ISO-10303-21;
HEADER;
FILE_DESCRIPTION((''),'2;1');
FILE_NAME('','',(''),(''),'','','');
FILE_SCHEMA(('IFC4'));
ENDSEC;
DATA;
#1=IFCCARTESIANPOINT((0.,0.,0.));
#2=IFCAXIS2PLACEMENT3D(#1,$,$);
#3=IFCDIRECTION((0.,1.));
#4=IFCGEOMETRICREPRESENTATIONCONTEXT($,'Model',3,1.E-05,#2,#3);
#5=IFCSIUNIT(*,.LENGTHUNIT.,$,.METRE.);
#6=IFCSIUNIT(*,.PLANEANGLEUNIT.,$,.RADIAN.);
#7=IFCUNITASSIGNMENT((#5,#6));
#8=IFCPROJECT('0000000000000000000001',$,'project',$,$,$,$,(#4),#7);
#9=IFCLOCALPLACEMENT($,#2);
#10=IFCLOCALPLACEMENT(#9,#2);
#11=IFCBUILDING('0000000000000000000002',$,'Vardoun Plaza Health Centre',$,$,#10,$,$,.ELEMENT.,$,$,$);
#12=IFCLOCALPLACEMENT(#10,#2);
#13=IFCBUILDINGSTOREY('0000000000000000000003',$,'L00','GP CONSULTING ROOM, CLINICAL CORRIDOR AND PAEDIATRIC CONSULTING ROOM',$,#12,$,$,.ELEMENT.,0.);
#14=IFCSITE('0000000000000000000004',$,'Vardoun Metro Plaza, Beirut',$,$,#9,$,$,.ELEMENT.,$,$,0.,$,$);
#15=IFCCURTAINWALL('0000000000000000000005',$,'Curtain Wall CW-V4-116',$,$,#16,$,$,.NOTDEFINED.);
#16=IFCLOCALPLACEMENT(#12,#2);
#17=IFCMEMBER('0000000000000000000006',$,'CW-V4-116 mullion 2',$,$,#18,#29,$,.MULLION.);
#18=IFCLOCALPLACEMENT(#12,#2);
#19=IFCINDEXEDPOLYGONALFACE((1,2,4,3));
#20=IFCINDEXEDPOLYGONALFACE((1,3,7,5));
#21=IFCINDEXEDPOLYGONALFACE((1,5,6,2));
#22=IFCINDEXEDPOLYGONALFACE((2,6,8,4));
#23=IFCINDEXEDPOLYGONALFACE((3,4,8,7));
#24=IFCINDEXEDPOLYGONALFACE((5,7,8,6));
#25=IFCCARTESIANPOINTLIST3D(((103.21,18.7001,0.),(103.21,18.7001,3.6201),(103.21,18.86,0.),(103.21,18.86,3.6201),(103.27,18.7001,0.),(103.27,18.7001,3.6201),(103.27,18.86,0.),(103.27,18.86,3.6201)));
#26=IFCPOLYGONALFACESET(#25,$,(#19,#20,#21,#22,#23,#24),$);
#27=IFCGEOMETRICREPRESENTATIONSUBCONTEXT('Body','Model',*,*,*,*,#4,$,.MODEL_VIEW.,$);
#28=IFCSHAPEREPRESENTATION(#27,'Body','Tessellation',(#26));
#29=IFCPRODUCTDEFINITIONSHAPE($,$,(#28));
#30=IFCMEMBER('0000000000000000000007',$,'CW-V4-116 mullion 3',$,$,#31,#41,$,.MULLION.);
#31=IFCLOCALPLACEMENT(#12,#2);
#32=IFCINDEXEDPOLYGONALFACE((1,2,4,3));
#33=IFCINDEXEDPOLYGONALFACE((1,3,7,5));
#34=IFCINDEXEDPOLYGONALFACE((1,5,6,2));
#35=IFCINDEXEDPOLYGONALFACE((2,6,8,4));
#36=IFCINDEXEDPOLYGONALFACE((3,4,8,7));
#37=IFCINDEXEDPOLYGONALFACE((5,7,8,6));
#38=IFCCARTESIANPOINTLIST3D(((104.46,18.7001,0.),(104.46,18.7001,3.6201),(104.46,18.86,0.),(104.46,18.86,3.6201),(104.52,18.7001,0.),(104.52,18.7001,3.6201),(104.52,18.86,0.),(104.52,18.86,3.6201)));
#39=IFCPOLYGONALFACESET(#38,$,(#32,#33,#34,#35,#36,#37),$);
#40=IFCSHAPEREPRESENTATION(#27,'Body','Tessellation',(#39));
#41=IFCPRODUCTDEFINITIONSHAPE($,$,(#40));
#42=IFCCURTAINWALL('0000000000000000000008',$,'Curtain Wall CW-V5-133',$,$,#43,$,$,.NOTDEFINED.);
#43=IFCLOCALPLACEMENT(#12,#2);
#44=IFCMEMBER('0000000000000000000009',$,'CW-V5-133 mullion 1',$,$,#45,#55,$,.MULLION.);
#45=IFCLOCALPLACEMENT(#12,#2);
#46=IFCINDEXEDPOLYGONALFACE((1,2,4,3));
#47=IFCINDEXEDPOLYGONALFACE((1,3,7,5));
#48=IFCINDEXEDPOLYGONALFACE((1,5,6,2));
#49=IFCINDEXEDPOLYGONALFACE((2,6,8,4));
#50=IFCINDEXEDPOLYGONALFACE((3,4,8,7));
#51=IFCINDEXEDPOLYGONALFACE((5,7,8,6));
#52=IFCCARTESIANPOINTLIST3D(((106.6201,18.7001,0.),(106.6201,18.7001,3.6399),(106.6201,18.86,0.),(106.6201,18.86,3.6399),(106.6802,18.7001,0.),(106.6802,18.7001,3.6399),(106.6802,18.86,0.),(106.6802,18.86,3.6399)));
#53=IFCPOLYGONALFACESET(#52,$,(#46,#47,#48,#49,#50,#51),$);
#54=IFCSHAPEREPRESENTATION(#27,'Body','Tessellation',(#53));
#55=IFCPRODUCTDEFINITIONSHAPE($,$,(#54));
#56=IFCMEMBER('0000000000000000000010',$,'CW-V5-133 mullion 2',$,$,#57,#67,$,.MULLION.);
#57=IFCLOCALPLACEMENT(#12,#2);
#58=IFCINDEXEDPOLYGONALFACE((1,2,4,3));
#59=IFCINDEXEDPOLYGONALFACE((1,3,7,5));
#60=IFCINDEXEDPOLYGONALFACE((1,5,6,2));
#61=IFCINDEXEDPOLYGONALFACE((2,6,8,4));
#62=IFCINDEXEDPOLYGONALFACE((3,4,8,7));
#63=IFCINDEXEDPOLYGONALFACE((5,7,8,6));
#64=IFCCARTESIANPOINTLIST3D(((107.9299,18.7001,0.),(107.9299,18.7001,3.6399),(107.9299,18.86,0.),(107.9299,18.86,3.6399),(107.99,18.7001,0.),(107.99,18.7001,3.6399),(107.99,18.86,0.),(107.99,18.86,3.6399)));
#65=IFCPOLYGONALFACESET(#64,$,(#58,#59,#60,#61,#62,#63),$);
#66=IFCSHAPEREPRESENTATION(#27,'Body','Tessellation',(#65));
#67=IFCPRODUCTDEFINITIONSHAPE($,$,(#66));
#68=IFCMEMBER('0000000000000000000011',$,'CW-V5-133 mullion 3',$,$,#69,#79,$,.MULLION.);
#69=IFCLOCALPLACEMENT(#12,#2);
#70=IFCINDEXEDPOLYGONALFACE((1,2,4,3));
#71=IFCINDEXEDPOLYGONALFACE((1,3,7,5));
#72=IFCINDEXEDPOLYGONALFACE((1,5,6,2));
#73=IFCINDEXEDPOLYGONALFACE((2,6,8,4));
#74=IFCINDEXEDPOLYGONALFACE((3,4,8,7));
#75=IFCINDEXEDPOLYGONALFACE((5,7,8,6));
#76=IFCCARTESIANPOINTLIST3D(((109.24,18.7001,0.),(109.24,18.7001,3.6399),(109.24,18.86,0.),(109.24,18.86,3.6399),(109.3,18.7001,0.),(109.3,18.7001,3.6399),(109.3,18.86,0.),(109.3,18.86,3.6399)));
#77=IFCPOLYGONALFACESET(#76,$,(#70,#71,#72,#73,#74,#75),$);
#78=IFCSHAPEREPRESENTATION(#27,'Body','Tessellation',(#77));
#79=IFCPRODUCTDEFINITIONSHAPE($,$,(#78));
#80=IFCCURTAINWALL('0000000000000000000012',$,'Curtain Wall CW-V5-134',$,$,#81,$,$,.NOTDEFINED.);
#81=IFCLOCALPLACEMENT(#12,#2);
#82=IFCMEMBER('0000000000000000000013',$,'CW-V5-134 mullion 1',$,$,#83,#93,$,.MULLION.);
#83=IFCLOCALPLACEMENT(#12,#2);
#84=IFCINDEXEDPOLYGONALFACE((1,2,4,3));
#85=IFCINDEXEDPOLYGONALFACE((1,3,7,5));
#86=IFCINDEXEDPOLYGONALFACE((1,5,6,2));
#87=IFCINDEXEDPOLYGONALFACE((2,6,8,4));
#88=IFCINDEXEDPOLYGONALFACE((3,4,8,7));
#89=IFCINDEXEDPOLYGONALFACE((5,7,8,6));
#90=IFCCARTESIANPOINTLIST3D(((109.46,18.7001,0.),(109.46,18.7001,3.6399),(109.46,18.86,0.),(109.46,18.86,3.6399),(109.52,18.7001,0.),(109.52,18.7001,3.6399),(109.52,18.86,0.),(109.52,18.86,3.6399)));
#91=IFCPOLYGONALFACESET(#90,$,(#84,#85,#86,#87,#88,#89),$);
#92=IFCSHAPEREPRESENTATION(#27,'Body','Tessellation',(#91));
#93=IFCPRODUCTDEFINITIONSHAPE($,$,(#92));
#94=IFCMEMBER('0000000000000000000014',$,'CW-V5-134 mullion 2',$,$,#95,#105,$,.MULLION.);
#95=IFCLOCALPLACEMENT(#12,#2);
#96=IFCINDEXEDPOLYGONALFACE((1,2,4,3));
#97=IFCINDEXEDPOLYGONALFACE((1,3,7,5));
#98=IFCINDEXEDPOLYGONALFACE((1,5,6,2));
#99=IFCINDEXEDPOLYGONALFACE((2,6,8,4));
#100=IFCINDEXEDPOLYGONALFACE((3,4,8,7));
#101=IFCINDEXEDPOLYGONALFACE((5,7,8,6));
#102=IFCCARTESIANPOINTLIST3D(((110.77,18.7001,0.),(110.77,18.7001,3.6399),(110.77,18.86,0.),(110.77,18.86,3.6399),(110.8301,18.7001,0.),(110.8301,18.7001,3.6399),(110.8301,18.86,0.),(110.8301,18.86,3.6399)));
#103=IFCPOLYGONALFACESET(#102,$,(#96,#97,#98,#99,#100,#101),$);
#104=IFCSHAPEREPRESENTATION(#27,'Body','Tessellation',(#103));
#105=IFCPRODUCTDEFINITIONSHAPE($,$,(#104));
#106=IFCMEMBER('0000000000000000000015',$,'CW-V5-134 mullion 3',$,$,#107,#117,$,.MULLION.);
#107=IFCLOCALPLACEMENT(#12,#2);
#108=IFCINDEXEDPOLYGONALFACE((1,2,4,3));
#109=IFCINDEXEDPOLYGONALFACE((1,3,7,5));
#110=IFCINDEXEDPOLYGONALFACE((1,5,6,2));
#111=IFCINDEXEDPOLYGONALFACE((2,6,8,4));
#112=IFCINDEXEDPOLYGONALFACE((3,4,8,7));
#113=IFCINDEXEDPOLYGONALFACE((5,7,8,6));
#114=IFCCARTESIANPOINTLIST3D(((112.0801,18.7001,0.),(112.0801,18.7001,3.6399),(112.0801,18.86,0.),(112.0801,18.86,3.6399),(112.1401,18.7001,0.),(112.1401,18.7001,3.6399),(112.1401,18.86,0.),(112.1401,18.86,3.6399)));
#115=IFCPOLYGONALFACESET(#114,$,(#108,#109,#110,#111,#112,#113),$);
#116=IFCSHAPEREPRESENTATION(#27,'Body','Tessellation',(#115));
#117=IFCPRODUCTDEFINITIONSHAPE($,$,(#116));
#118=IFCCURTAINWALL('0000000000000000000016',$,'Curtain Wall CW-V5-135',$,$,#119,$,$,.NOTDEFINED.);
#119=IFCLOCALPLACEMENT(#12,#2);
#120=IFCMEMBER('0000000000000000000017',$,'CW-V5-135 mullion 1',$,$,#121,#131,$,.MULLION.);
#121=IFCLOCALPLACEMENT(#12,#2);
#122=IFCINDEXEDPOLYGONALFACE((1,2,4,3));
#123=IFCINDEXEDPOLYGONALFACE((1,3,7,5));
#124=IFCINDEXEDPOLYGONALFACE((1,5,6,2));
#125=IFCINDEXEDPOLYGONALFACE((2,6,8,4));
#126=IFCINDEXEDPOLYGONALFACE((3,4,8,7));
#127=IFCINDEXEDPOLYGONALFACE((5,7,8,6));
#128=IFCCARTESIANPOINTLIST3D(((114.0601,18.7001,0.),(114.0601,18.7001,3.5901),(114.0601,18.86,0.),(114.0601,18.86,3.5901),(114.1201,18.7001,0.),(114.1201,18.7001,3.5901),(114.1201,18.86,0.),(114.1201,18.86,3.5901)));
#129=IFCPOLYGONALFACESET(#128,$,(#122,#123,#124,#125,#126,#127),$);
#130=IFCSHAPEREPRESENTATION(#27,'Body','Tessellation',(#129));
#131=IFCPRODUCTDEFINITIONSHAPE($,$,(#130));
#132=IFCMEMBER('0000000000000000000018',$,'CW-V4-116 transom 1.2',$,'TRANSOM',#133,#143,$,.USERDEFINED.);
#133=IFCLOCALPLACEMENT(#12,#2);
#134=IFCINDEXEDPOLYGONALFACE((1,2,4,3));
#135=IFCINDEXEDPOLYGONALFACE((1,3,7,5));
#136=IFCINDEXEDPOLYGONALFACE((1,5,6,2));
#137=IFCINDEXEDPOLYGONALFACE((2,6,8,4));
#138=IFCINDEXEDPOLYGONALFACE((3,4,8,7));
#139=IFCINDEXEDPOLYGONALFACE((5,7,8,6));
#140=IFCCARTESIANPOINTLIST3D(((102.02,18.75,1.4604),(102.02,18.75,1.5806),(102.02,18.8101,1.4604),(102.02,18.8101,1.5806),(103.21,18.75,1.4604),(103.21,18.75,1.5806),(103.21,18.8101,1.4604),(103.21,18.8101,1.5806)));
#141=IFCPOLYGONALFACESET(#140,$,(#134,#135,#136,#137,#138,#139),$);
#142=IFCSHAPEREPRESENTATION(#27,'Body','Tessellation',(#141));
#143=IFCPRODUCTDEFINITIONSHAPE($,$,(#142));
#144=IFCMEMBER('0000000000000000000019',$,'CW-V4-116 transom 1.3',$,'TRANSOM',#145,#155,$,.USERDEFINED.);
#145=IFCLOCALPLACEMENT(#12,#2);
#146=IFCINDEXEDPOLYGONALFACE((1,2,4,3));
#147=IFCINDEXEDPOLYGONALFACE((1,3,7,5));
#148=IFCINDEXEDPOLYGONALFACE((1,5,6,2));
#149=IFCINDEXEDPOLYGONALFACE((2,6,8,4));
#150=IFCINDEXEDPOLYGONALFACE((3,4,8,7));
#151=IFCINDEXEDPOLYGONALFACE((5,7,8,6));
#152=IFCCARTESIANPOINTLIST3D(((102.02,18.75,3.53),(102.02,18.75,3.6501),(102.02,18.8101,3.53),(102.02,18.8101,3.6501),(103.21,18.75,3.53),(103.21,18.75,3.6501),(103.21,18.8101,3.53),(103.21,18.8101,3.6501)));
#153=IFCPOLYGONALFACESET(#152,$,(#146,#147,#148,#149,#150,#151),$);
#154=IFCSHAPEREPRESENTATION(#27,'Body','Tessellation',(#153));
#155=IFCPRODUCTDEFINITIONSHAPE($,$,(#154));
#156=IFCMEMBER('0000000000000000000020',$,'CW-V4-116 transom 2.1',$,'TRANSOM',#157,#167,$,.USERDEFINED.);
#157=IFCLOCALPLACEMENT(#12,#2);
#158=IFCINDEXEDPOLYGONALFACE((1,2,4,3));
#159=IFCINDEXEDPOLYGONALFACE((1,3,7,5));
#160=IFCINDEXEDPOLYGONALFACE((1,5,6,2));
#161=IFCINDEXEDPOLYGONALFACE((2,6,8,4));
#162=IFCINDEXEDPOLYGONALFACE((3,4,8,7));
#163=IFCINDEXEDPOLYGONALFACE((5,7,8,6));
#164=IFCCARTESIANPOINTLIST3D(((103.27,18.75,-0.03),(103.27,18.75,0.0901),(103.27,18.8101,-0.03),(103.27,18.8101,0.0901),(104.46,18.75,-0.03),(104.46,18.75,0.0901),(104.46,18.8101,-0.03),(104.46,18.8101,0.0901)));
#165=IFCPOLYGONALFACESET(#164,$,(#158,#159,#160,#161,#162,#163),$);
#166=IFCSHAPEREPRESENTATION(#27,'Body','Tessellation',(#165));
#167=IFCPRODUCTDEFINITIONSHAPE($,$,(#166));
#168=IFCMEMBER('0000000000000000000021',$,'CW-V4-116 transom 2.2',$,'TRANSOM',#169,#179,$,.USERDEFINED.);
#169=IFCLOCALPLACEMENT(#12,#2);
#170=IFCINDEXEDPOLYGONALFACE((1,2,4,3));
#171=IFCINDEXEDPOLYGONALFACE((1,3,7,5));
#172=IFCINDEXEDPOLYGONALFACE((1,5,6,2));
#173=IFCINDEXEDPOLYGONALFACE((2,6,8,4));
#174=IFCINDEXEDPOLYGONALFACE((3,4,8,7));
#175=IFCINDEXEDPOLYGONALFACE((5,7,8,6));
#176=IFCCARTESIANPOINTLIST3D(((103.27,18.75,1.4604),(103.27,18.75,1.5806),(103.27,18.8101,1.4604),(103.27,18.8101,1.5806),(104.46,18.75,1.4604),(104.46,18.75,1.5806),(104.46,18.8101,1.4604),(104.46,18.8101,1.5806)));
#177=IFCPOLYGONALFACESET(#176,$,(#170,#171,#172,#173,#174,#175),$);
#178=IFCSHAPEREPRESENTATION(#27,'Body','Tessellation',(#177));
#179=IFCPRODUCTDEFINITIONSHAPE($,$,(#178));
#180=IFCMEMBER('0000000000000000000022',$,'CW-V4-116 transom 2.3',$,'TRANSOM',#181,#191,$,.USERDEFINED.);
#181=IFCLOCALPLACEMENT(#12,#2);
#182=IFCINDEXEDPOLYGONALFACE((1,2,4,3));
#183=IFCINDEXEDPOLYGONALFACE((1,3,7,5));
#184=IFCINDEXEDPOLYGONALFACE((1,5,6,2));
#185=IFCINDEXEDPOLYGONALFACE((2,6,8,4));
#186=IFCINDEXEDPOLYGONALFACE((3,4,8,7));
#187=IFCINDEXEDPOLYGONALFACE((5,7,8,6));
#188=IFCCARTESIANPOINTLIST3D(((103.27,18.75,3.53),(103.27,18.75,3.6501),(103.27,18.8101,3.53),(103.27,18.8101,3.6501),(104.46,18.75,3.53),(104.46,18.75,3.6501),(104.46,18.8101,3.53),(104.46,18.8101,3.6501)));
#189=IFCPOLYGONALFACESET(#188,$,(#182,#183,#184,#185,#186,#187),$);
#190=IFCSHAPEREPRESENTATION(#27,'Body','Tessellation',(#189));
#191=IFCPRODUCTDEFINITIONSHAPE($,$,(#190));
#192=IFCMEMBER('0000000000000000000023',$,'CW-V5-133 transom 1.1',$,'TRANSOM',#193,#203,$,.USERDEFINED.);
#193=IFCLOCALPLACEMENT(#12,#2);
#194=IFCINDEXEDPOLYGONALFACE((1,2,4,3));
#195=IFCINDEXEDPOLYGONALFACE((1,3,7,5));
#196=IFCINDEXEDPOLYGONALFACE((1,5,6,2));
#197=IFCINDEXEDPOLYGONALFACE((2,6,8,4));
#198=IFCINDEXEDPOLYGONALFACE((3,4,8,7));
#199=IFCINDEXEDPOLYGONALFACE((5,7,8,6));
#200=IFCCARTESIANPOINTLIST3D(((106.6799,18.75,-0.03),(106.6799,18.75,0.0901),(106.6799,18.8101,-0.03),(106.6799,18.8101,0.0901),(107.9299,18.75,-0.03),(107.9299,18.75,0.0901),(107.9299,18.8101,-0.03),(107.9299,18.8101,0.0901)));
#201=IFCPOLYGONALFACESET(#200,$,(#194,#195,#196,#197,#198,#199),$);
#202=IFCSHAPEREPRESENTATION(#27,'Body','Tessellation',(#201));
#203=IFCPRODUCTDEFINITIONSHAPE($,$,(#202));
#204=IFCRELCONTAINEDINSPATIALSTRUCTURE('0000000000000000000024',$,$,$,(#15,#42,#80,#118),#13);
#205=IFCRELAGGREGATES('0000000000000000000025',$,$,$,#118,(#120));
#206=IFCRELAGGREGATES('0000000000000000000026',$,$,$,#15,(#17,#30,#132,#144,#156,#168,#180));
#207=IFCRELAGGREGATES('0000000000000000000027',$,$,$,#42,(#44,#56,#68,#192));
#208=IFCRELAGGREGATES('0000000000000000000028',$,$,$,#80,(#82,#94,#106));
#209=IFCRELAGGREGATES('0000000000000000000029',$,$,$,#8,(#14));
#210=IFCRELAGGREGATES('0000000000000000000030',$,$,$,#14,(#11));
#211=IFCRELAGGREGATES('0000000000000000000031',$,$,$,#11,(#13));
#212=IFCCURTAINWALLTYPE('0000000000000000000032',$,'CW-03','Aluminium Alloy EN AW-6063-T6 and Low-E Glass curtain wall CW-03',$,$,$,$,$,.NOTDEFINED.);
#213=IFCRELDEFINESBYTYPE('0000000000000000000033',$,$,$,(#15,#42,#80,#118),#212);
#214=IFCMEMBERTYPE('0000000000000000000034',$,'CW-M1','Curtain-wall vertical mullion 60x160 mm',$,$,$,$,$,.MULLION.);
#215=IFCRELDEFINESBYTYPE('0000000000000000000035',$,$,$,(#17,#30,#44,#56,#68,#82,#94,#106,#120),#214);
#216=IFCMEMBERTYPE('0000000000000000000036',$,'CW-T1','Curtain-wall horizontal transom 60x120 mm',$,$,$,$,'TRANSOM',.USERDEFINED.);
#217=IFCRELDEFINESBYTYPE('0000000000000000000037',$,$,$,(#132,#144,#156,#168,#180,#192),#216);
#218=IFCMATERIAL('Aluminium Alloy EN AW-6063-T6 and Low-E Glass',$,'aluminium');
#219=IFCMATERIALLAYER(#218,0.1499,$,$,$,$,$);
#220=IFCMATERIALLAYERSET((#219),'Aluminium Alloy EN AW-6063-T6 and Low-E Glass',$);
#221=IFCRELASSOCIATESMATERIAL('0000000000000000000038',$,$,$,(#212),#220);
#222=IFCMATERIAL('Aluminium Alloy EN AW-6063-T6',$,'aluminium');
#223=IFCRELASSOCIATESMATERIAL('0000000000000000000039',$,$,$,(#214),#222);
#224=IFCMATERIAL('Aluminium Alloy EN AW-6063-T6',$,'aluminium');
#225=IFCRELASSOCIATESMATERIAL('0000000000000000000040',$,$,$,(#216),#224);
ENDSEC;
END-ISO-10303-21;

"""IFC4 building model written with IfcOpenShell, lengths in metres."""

from ifc_helpers import new_model, si_unit, direction, frame, origin, origin_2d, place, context, subcontext, project, spatial, rectangle, extrude, material, layer, layer_set, material_profile, profile_set, type_object, element, aggregate, save


model = new_model("IFC4")

# Units and contexts
model_context = context("Model", 3, precision=1e-05, world=origin(), true_north=direction((0.0, 1.0)))
body_context = subcontext(model_context, "Body", "Model", "MODEL_VIEW")
ifc_project = project(units=[si_unit("LENGTHUNIT", "METRE"), si_unit("PLANEANGLEUNIT", "RADIAN")], contexts=[model_context])

# Site, building, storey
site_placement = place(None, origin())
site = spatial("IfcSite", under=ifc_project, at=site_placement, Name="Vardoun Metro Plaza, Beirut", CompositionType="ELEMENT", RefElevation=0.0)
building_placement = place(site_placement, origin())
building = spatial("IfcBuilding", under=site, at=building_placement, Name="Vardoun Plaza Health Centre", CompositionType="ELEMENT")
storey_placement = place(building_placement, origin())
storey = spatial("IfcBuildingStorey", under=building, at=storey_placement, Name="L00", Description="GP CONSULTING ROOM, CLINICAL CORRIDOR AND PAEDIATRIC CONSULTING ROOM", CompositionType="ELEMENT", Elevation=0.0)

# Curtain walls, members
ifc_material_1 = material(Name="Aluminium Alloy EN AW-6063-T6 and Low-E Glass", Category="aluminium")
ifc_layer_1 = layer(ifc_material_1, 0.1499)
ifc_layer_set_1 = layer_set([ifc_layer_1], Name="Aluminium Alloy EN AW-6063-T6 and Low-E Glass")
curtain_wall_type = type_object("IfcCurtainWallType", Name="CW-03", Description="Aluminium Alloy EN AW-6063-T6 and Low-E Glass curtain wall CW-03", PredefinedType="NOTDEFINED", material=ifc_layer_set_1)
curtain_wall_1_placement = place(storey_placement, origin())
curtain_wall_1 = element("IfcCurtainWall", 1, at=curtain_wall_1_placement, inside=storey, type_object=curtain_wall_type, Name="Curtain Wall CW-V4-116", PredefinedType="NOTDEFINED")
ifc_material_2 = material(Name="Aluminium Alloy EN AW-6063-T6", Category="aluminium")
ifc_material_profile_1 = material_profile(ifc_material_2, rectangle(XDim=0.1599, YDim=0.0601, at=origin_2d()), Name="CWM 60x160")
ifc_profile_set_1 = profile_set([ifc_material_profile_1], Name="Aluminium Alloy EN AW-6063-T6")
member_type_1 = type_object("IfcMemberType", Name="CW-M1", Description="Curtain-wall vertical mullion 60x160 mm", PredefinedType="MULLION", material=ifc_profile_set_1)
member_1_placement = place(storey_placement, frame((103.24, 18.78, 0.0), z_axis=(0.0, 0.0, 1.0), x_axis=(0.0, 1.0, 0.0)))
member_1 = element("IfcMember", 2, at=member_1_placement, type_object=member_type_1, Name="CW-V4-116 mullion 2", PredefinedType="MULLION", context=body_context, shape_type="SweptSolid", body=[
    extrude(rectangle(XDim=0.1599, YDim=0.0601, at=origin_2d()), origin(), (0.0, 0.0, 1.0), 3.6201),
])
member_2_placement = place(storey_placement, frame((104.49, 18.78, 0.0), z_axis=(0.0, 0.0, 1.0), x_axis=(0.0, 1.0, 0.0)))
member_2 = element("IfcMember", 3, at=member_2_placement, type_object=member_type_1, Name="CW-V4-116 mullion 3", PredefinedType="MULLION", context=body_context, shape_type="SweptSolid", body=[
    extrude(rectangle(XDim=0.1599, YDim=0.0601, at=origin_2d()), origin(), (0.0, 0.0, 1.0), 3.6201),
])
curtain_wall_2_placement = place(storey_placement, origin())
curtain_wall_2 = element("IfcCurtainWall", 4, at=curtain_wall_2_placement, inside=storey, type_object=curtain_wall_type, Name="Curtain Wall CW-V5-133", PredefinedType="NOTDEFINED")
member_3_placement = place(storey_placement, frame((106.6501, 18.78, 0.0), z_axis=(0.0, 0.0, 1.0), x_axis=(0.0, 1.0, 0.0)))
member_3 = element("IfcMember", 5, at=member_3_placement, type_object=member_type_1, Name="CW-V5-133 mullion 1", PredefinedType="MULLION", context=body_context, shape_type="SweptSolid", body=[
    extrude(rectangle(XDim=0.1599, YDim=0.0601, at=origin_2d()), origin(), (0.0, 0.0, 1.0), 3.6399),
])
member_4_placement = place(storey_placement, frame((107.96, 18.78, 0.0), z_axis=(0.0, 0.0, 1.0), x_axis=(0.0, 1.0, 0.0)))
member_4 = element("IfcMember", 6, at=member_4_placement, type_object=member_type_1, Name="CW-V5-133 mullion 2", PredefinedType="MULLION", context=body_context, shape_type="SweptSolid", body=[
    extrude(rectangle(XDim=0.1599, YDim=0.0601, at=origin_2d()), origin(), (0.0, 0.0, 1.0), 3.6399),
])
member_5_placement = place(storey_placement, frame((109.27, 18.78, 0.0), z_axis=(0.0, 0.0, 1.0), x_axis=(0.0, 1.0, 0.0)))
member_5 = element("IfcMember", 7, at=member_5_placement, type_object=member_type_1, Name="CW-V5-133 mullion 3", PredefinedType="MULLION", context=body_context, shape_type="SweptSolid", body=[
    extrude(rectangle(XDim=0.1599, YDim=0.0601, at=origin_2d()), origin(), (0.0, 0.0, 1.0), 3.6399),
])
curtain_wall_3_placement = place(storey_placement, origin())
curtain_wall_3 = element("IfcCurtainWall", 8, at=curtain_wall_3_placement, inside=storey, type_object=curtain_wall_type, Name="Curtain Wall CW-V5-134", PredefinedType="NOTDEFINED")
member_6_placement = place(storey_placement, frame((109.49, 18.78, 0.0), z_axis=(0.0, 0.0, 1.0), x_axis=(0.0, 1.0, 0.0)))
member_6 = element("IfcMember", 9, at=member_6_placement, type_object=member_type_1, Name="CW-V5-134 mullion 1", PredefinedType="MULLION", context=body_context, shape_type="SweptSolid", body=[
    extrude(rectangle(XDim=0.1599, YDim=0.0601, at=origin_2d()), origin(), (0.0, 0.0, 1.0), 3.6399),
])
member_7_placement = place(storey_placement, frame((110.8, 18.78, 0.0), z_axis=(0.0, 0.0, 1.0), x_axis=(0.0, 1.0, 0.0)))
member_7 = element("IfcMember", 10, at=member_7_placement, type_object=member_type_1, Name="CW-V5-134 mullion 2", PredefinedType="MULLION", context=body_context, shape_type="SweptSolid", body=[
    extrude(rectangle(XDim=0.1599, YDim=0.0601, at=origin_2d()), origin(), (0.0, 0.0, 1.0), 3.6399),
])
member_8_placement = place(storey_placement, frame((112.1101, 18.78, 0.0), z_axis=(0.0, 0.0, 1.0), x_axis=(0.0, 1.0, 0.0)))
member_8 = element("IfcMember", 11, at=member_8_placement, type_object=member_type_1, Name="CW-V5-134 mullion 3", PredefinedType="MULLION", context=body_context, shape_type="SweptSolid", body=[
    extrude(rectangle(XDim=0.1599, YDim=0.0601, at=origin_2d()), origin(), (0.0, 0.0, 1.0), 3.6399),
])

# Curtain wall, member
curtain_wall_4_placement = place(storey_placement, origin())
curtain_wall_4 = element("IfcCurtainWall", 12, at=curtain_wall_4_placement, inside=storey, type_object=curtain_wall_type, Name="Curtain Wall CW-V5-135", PredefinedType="NOTDEFINED")
member_9_placement = place(storey_placement, frame((114.0901, 18.78, 0.0), z_axis=(0.0, 0.0, 1.0), x_axis=(0.0, 1.0, 0.0)))
member_9 = element("IfcMember", 13, at=member_9_placement, type_object=member_type_1, Name="CW-V5-135 mullion 1", PredefinedType="MULLION", context=body_context, shape_type="SweptSolid", body=[
    extrude(rectangle(XDim=0.1599, YDim=0.0601, at=origin_2d()), origin(), (0.0, 0.0, 1.0), 3.5901),
])
aggregate(curtain_wall_4, [member_9])

# Members
ifc_material_3 = material(Name="Aluminium Alloy EN AW-6063-T6", Category="aluminium")
ifc_material_profile_2 = material_profile(ifc_material_3, rectangle(XDim=0.0601, YDim=0.1201, at=origin_2d()), Name="CWT 60x120")
ifc_profile_set_2 = profile_set([ifc_material_profile_2], Name="Aluminium Alloy EN AW-6063-T6")
member_type_2 = type_object("IfcMemberType", Name="CW-T1", Description="Curtain-wall horizontal transom 60x120 mm", ElementType="TRANSOM", PredefinedType="USERDEFINED", material=ifc_profile_set_2)
member_10_placement = place(storey_placement, frame((102.02, 18.78, 1.5205), z_axis=(1.0, 0.0, 0.0), x_axis=(0.0, 1.0, 0.0)))
member_10 = element("IfcMember", 14, at=member_10_placement, type_object=member_type_2, Name="CW-V4-116 transom 1.2", ObjectType="TRANSOM", PredefinedType="USERDEFINED", context=body_context, shape_type="SweptSolid", body=[
    extrude(rectangle(XDim=0.0601, YDim=0.1201, at=origin_2d()), origin(), (0.0, 0.0, 1.0), 1.1899),
])
member_11_placement = place(storey_placement, frame((102.02, 18.78, 3.5901), z_axis=(1.0, 0.0, 0.0), x_axis=(0.0, 1.0, 0.0)))
member_11 = element("IfcMember", 15, at=member_11_placement, type_object=member_type_2, Name="CW-V4-116 transom 1.3", ObjectType="TRANSOM", PredefinedType="USERDEFINED", context=body_context, shape_type="SweptSolid", body=[
    extrude(rectangle(XDim=0.0601, YDim=0.1201, at=origin_2d()), origin(), (0.0, 0.0, 1.0), 1.1899),
])
member_12_placement = place(storey_placement, frame((103.27, 18.78, 0.03), z_axis=(1.0, 0.0, 0.0), x_axis=(0.0, 1.0, 0.0)))
member_12 = element("IfcMember", 16, at=member_12_placement, type_object=member_type_2, Name="CW-V4-116 transom 2.1", ObjectType="TRANSOM", PredefinedType="USERDEFINED", context=body_context, shape_type="SweptSolid", body=[
    extrude(rectangle(XDim=0.0601, YDim=0.1201, at=origin_2d()), origin(), (0.0, 0.0, 1.0), 1.1899),
])
member_13_placement = place(storey_placement, frame((103.27, 18.78, 1.5205), z_axis=(1.0, 0.0, 0.0), x_axis=(0.0, 1.0, 0.0)))
member_13 = element("IfcMember", 17, at=member_13_placement, type_object=member_type_2, Name="CW-V4-116 transom 2.2", ObjectType="TRANSOM", PredefinedType="USERDEFINED", context=body_context, shape_type="SweptSolid", body=[
    extrude(rectangle(XDim=0.0601, YDim=0.1201, at=origin_2d()), origin(), (0.0, 0.0, 1.0), 1.1899),
])
member_14_placement = place(storey_placement, frame((103.27, 18.78, 3.5901), z_axis=(1.0, 0.0, 0.0), x_axis=(0.0, 1.0, 0.0)))
member_14 = element("IfcMember", 18, at=member_14_placement, type_object=member_type_2, Name="CW-V4-116 transom 2.3", ObjectType="TRANSOM", PredefinedType="USERDEFINED", context=body_context, shape_type="SweptSolid", body=[
    extrude(rectangle(XDim=0.0601, YDim=0.1201, at=origin_2d()), origin(), (0.0, 0.0, 1.0), 1.1899),
])
member_15_placement = place(storey_placement, frame((106.6799, 18.78, 0.03), z_axis=(1.0, 0.0, 0.0), x_axis=(0.0, 1.0, 0.0)))
member_15 = element("IfcMember", 19, at=member_15_placement, type_object=member_type_2, Name="CW-V5-133 transom 1.1", ObjectType="TRANSOM", PredefinedType="USERDEFINED", context=body_context, shape_type="SweptSolid", body=[
    extrude(rectangle(XDim=0.0601, YDim=0.1201, at=origin_2d()), origin(), (0.0, 0.0, 1.0), 1.25),
])

aggregate(curtain_wall_1, [member_1, member_2, member_10, member_11, member_12, member_13, member_14])
aggregate(curtain_wall_2, [member_3, member_4, member_5, member_15])
aggregate(curtain_wall_3, [member_6, member_7, member_8])

save(model, "model.ifc")
